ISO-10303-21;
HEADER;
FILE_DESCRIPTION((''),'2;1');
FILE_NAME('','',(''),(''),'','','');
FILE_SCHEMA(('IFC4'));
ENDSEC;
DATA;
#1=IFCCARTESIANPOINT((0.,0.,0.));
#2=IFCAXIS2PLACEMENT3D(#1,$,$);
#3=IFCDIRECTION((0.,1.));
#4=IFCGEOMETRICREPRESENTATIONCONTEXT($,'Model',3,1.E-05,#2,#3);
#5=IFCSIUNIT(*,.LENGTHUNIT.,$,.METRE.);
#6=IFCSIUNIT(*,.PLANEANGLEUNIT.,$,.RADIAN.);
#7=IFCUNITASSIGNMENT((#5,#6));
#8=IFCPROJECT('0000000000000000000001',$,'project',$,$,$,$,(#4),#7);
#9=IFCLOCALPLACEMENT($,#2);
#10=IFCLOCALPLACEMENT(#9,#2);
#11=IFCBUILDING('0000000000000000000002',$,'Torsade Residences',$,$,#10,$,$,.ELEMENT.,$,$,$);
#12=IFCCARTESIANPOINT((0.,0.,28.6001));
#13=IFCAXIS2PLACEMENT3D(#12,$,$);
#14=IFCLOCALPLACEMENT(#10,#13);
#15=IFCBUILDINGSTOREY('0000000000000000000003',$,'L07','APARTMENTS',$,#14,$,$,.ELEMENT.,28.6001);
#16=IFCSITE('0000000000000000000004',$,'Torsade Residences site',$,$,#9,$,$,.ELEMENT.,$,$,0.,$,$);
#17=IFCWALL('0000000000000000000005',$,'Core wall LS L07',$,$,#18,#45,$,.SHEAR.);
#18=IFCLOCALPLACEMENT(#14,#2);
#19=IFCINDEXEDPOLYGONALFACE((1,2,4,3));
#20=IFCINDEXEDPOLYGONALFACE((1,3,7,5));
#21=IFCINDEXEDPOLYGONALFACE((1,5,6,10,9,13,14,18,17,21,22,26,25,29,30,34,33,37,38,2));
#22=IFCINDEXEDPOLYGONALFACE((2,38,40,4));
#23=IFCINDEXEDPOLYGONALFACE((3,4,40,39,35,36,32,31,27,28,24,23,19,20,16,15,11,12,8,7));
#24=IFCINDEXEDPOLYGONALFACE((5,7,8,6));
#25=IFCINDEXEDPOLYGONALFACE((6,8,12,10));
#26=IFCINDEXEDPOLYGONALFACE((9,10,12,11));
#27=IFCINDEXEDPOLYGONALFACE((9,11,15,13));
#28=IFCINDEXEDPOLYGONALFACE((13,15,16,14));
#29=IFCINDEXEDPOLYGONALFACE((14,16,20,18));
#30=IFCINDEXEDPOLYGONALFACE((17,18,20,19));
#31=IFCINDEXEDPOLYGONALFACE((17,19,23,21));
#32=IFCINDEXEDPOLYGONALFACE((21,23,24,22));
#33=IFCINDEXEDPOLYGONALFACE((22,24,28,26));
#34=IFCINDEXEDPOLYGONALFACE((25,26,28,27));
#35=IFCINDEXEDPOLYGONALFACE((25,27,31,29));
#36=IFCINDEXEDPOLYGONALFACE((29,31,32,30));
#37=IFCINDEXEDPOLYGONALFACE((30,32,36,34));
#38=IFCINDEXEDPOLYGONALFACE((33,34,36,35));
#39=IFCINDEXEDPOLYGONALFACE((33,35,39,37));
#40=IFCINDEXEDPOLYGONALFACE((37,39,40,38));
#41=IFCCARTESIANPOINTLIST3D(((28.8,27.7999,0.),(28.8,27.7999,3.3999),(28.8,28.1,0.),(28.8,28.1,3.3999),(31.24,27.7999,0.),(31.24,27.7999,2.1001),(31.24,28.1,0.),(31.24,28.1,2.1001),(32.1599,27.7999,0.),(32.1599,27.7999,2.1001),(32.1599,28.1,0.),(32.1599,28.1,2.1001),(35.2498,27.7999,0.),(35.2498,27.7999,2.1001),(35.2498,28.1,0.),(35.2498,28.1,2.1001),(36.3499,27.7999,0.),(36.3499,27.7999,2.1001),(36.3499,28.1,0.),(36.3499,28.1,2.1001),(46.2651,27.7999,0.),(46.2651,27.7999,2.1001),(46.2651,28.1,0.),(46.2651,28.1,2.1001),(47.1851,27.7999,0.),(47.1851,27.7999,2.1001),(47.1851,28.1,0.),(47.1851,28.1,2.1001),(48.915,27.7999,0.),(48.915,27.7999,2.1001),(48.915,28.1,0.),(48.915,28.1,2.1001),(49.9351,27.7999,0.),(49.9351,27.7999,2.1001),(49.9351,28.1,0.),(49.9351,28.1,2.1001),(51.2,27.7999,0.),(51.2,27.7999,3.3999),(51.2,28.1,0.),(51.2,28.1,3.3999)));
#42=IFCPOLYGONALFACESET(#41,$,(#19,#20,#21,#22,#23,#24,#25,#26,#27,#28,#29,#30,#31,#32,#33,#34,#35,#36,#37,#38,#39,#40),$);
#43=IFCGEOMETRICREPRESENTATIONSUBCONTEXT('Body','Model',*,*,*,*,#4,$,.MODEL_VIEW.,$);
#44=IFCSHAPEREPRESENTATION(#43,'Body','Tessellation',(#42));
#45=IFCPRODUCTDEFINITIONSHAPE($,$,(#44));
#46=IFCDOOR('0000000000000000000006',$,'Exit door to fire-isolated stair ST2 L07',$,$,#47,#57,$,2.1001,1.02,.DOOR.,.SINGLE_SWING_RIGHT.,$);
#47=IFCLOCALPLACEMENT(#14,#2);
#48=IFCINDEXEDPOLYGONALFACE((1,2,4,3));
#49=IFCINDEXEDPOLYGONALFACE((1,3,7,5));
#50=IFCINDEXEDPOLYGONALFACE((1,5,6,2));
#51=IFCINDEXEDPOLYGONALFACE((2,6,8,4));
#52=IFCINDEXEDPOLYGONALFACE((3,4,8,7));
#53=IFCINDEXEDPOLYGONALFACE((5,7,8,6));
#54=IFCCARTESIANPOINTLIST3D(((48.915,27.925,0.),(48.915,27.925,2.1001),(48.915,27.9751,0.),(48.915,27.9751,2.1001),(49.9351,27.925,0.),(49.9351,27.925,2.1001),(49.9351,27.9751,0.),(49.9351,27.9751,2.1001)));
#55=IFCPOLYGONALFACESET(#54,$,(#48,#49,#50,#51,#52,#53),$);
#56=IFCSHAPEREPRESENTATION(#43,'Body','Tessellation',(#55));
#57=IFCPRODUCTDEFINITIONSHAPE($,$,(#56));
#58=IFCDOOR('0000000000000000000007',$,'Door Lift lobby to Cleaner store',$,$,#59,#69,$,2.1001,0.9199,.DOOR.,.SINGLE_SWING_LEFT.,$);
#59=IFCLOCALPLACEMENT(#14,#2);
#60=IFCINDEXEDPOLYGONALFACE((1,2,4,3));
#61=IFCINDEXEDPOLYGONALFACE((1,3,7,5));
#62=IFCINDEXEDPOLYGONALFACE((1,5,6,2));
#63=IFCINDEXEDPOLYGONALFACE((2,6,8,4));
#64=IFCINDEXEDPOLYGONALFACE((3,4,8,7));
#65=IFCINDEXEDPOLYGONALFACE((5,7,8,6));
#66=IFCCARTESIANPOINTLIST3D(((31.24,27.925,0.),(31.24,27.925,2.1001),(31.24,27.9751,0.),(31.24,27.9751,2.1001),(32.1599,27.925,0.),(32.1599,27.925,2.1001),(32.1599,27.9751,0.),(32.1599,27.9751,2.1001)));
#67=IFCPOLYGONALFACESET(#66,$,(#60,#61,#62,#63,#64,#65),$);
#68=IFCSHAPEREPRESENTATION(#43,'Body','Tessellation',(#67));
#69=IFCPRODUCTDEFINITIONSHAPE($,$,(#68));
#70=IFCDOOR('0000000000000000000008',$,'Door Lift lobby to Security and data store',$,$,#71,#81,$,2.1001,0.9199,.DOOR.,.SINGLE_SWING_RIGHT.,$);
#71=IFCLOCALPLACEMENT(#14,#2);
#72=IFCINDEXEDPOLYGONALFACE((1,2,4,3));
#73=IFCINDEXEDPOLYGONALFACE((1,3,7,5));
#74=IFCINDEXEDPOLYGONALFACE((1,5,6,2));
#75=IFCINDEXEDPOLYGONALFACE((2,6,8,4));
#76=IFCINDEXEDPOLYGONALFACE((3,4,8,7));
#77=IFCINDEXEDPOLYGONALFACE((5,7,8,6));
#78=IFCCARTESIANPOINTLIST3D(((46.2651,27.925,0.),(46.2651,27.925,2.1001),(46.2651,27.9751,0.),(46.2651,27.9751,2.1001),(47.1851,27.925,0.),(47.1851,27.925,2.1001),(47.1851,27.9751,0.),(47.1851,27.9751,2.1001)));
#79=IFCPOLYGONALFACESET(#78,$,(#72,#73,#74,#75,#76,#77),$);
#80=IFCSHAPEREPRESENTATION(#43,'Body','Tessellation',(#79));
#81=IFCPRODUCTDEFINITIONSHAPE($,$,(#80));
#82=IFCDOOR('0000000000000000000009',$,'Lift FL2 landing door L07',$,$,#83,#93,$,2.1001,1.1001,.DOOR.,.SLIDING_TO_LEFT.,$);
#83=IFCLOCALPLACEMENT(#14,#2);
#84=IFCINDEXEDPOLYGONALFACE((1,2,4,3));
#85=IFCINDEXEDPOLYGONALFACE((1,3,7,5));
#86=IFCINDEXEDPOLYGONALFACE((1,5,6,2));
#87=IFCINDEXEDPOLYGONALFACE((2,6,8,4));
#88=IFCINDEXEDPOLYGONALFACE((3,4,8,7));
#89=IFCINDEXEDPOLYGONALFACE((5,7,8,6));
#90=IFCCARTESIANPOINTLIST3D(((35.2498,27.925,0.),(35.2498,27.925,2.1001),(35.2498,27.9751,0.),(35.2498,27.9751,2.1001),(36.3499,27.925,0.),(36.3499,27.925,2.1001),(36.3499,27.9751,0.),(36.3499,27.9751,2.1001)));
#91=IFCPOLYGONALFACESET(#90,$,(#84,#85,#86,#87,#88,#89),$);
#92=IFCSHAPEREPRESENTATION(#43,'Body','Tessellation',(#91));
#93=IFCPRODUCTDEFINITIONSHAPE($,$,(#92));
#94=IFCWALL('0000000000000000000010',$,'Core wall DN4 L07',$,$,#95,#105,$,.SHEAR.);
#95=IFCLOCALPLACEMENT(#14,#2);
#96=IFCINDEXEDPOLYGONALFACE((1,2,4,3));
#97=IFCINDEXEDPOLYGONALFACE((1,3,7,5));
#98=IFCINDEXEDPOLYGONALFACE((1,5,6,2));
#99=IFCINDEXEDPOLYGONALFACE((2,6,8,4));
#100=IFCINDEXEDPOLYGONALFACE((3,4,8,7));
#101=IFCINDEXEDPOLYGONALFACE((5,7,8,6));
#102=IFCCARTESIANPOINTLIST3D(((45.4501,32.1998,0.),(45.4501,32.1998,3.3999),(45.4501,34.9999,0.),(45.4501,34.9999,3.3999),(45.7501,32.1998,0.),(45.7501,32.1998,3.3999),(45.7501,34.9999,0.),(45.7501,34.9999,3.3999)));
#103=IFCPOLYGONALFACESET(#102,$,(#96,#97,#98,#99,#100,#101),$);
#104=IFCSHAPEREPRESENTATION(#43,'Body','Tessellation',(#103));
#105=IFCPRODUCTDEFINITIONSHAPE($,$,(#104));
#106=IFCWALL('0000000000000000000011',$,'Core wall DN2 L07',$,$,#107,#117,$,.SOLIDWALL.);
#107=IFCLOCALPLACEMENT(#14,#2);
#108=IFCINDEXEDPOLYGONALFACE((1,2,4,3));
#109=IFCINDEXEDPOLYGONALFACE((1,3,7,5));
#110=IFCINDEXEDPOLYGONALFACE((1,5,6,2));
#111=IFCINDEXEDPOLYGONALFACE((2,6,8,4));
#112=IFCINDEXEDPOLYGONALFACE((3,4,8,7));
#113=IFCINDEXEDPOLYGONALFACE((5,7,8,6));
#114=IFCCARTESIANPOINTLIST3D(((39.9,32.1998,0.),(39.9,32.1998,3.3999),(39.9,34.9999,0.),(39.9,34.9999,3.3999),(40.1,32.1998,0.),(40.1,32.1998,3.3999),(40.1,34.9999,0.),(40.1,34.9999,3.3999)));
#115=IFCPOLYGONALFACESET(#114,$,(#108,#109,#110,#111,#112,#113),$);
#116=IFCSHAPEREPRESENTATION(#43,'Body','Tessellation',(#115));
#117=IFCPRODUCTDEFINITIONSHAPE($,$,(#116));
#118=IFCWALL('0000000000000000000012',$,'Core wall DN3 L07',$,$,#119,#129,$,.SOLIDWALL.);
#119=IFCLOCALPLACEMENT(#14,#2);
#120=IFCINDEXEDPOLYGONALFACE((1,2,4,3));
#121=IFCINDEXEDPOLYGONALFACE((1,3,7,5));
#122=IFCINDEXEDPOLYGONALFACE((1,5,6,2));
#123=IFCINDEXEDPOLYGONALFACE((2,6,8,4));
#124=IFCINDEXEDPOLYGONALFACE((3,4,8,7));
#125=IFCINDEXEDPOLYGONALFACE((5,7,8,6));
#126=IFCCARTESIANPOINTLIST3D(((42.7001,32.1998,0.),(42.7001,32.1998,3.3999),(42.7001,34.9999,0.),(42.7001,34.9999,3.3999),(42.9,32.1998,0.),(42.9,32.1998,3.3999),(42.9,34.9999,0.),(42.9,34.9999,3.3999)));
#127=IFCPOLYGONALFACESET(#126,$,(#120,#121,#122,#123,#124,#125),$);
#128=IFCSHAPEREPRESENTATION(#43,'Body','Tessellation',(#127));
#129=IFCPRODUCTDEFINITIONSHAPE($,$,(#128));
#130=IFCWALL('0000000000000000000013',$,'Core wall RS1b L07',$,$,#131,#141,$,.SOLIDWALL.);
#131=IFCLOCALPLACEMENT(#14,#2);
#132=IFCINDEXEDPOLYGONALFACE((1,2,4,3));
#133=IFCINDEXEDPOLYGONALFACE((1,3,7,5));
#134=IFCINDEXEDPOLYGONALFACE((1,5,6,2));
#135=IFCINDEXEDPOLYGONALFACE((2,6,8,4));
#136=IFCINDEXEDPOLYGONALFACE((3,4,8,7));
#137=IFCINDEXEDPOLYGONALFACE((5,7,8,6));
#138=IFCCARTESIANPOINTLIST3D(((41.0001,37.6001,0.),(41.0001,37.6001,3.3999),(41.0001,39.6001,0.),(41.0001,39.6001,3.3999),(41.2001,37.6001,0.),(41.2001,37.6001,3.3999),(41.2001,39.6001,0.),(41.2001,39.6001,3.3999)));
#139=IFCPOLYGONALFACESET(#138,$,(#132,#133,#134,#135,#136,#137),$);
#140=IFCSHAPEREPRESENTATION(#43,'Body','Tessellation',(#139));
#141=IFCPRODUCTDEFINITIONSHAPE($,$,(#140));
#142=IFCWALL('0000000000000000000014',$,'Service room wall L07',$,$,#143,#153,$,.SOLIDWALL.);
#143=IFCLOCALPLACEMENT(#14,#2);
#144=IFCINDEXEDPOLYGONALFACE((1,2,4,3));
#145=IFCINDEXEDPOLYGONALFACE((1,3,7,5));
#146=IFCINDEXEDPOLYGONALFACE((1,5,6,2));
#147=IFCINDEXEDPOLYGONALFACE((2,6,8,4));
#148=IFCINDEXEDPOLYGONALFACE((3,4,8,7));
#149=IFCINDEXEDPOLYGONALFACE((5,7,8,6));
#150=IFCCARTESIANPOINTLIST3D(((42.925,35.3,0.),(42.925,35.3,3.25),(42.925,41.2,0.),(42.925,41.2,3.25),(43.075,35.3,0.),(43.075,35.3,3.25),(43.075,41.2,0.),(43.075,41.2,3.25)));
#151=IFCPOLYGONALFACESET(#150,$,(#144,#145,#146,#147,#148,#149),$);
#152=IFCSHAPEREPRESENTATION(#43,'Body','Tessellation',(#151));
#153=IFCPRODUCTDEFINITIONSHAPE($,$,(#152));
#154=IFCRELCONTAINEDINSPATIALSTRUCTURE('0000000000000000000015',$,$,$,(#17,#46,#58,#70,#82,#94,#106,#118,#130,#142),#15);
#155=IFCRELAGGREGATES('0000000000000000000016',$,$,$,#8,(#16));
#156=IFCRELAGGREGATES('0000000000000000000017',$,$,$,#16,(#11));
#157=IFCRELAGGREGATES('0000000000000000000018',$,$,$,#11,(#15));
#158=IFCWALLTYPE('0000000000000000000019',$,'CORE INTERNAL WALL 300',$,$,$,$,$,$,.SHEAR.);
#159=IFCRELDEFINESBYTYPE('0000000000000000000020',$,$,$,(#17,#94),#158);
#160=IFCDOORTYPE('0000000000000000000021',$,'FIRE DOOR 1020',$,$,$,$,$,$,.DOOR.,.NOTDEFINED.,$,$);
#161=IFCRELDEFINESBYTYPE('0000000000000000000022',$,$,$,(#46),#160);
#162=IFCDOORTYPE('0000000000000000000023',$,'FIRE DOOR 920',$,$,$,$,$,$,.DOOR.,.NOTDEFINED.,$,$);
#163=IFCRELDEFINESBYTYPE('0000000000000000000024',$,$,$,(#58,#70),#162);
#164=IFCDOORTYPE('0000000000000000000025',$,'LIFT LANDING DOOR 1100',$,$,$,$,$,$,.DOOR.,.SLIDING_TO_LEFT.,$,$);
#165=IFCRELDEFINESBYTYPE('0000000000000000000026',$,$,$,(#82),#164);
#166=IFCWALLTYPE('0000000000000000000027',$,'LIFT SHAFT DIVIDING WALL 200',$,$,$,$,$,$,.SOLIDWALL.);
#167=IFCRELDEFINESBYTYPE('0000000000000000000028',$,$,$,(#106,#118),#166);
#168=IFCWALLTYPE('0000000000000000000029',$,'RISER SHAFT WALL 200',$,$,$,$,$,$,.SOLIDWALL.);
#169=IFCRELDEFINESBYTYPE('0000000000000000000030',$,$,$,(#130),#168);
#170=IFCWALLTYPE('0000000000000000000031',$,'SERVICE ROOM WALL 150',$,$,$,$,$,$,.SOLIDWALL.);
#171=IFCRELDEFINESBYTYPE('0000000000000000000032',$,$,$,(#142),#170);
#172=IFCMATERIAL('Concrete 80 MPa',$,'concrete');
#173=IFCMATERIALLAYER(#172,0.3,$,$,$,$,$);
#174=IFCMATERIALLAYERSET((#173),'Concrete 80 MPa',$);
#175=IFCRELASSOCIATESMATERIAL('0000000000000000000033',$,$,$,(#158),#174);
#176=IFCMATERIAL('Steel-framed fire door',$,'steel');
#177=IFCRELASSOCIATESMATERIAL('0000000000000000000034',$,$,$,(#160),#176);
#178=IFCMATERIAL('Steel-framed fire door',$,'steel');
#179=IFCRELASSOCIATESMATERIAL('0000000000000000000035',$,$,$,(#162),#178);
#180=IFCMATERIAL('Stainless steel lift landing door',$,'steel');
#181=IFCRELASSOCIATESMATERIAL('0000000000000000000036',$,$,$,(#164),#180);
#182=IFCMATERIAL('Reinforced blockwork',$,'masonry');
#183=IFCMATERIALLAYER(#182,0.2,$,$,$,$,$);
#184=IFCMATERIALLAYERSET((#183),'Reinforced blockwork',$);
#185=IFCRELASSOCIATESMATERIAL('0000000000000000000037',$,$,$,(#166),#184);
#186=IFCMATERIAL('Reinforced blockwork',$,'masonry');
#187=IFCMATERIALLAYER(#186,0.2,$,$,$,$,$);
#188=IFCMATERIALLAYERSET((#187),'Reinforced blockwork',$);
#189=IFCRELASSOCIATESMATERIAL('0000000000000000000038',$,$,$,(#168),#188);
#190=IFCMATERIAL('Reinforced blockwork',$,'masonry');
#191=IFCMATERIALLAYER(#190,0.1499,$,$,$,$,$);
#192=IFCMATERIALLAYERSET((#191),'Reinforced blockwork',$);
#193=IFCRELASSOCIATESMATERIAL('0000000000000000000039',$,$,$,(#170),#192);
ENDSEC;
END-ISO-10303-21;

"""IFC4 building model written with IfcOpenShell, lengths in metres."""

from ifc_helpers import new_model, si_unit, direction, frame, frame_2d, origin, place, context, subcontext, project, spatial, rectangle, extrude, material, layer, layer_set, type_object, element, fill, save


model = new_model("IFC4")

# Units and contexts
model_context = context("Model", 3, precision=1e-05, world=origin(), true_north=direction((0.0, 1.0)))
body_context = subcontext(model_context, "Body", "Model", "MODEL_VIEW")
ifc_project = project(units=[si_unit("LENGTHUNIT", "METRE"), si_unit("PLANEANGLEUNIT", "RADIAN")], contexts=[model_context])

# Site, building, storey
site_placement = place(None, origin())
site = spatial("IfcSite", under=ifc_project, at=site_placement, Name="Torsade Residences site", CompositionType="ELEMENT", RefElevation=0.0)
building_placement = place(site_placement, origin())
building = spatial("IfcBuilding", under=site, at=building_placement, Name="Torsade Residences", CompositionType="ELEMENT")
storey_placement = place(building_placement, frame((0.0, 0.0, 28.6001)))
storey = spatial("IfcBuildingStorey", under=building, at=storey_placement, Name="L07", Description="APARTMENTS", CompositionType="ELEMENT", Elevation=28.6001)

# Wall, openings, doors
ifc_material_1 = material(Name="Concrete 80 MPa", Category="concrete")
ifc_layer_1 = layer(ifc_material_1, 0.3)
ifc_layer_set_1 = layer_set([ifc_layer_1], Name="Concrete 80 MPa")
wall_type_1 = type_object("IfcWallType", Name="CORE INTERNAL WALL 300", PredefinedType="SHEAR", material=ifc_layer_set_1)
wall_1_placement = place(storey_placement, frame((51.2, 27.95, 0.0), z_axis=(0.0, 0.0, 1.0), x_axis=(-1.0, 0.0, 0.0)))
wall_1 = element("IfcWall", 1, at=wall_1_placement, inside=storey, type_object=wall_type_1, Name="Core wall LS L07", PredefinedType="SHEAR", context=body_context, shape_type="SweptSolid", body=[
    extrude(rectangle(XDim=22.3999, YDim=0.3, at=frame_2d((11.2, 0.0))), origin(), (0.0, 0.0, 1.0), 3.3999),
])
opening_1_placement = place(wall_1_placement, frame((19.04, 0.0, 0.0)))
opening_1 = element("IfcOpeningElement", 2, at=opening_1_placement, cuts=wall_1, PredefinedType="OPENING", context=body_context, shape_type="SweptSolid", body=[
    extrude(rectangle(XDim=0.9199, YDim=2.1001, at=frame_2d((0.46, 1.05))), frame((0.0, 0.1599, 0.0), z_axis=(0.0, -1.0, 0.0), x_axis=(1.0, 0.0, 0.0)), (0.0, 0.0, 1.0), 0.3201),
])
opening_2_placement = place(wall_1_placement, frame((1.2649, 0.0, 0.0)))
opening_2 = element("IfcOpeningElement", 3, at=opening_2_placement, cuts=wall_1, PredefinedType="OPENING", context=body_context, shape_type="SweptSolid", body=[
    extrude(rectangle(XDim=1.02, YDim=2.1001, at=frame_2d((0.51, 1.05))), frame((0.0, 0.1599, 0.0), z_axis=(0.0, -1.0, 0.0), x_axis=(1.0, 0.0, 0.0)), (0.0, 0.0, 1.0), 0.3201),
])
opening_3_placement = place(wall_1_placement, frame((4.0149, 0.0, 0.0)))
opening_3 = element("IfcOpeningElement", 4, at=opening_3_placement, cuts=wall_1, PredefinedType="OPENING", context=body_context, shape_type="SweptSolid", body=[
    extrude(rectangle(XDim=0.9199, YDim=2.1001, at=frame_2d((0.46, 1.05))), frame((0.0, 0.1599, 0.0), z_axis=(0.0, -1.0, 0.0), x_axis=(1.0, 0.0, 0.0)), (0.0, 0.0, 1.0), 0.3201),
])
opening_4_placement = place(wall_1_placement, frame((14.8501, 0.0, 0.0)))
opening_4 = element("IfcOpeningElement", 5, at=opening_4_placement, cuts=wall_1, PredefinedType="OPENING", context=body_context, shape_type="SweptSolid", body=[
    extrude(rectangle(XDim=1.1001, YDim=2.1001, at=frame_2d((0.55, 1.05))), frame((0.0, 0.1599, 0.0), z_axis=(0.0, -1.0, 0.0), x_axis=(1.0, 0.0, 0.0)), (0.0, 0.0, 1.0), 0.3201),
])
ifc_material_2 = material(Name="Steel-framed fire door", Category="steel")
door_type_1 = type_object("IfcDoorType", Name="FIRE DOOR 1020", OperationType="NOTDEFINED", PredefinedType="DOOR", material=ifc_material_2)
door_1_placement = place(opening_2_placement, origin())
door_1 = element("IfcDoor", 6, at=door_1_placement, inside=storey, type_object=door_type_1, Name="Exit door to fire-isolated stair ST2 L07", OperationType="SINGLE_SWING_RIGHT", OverallHeight=2.1001, OverallWidth=1.02, PredefinedType="DOOR", context=body_context, shape_type="SweptSolid", body=[
    extrude(rectangle(XDim=1.02, YDim=2.1001, at=frame_2d((0.51, 1.05))), frame((0.0, 0.0249, 0.0), z_axis=(0.0, -1.0, 0.0), x_axis=(1.0, 0.0, 0.0)), (0.0, 0.0, 1.0), 0.05),
])
fill(opening_2, door_1)
ifc_material_3 = material(Name="Steel-framed fire door", Category="steel")
door_type_2 = type_object("IfcDoorType", Name="FIRE DOOR 920", OperationType="NOTDEFINED", PredefinedType="DOOR", material=ifc_material_3)
door_2_placement = place(opening_1_placement, origin())
door_2 = element("IfcDoor", 7, at=door_2_placement, inside=storey, type_object=door_type_2, Name="Door Lift lobby to Cleaner store", OperationType="SINGLE_SWING_LEFT", OverallHeight=2.1001, OverallWidth=0.9199, PredefinedType="DOOR", context=body_context, shape_type="SweptSolid", body=[
    extrude(rectangle(XDim=0.9199, YDim=2.1001, at=frame_2d((0.46, 1.05))), frame((0.0, 0.0249, 0.0), z_axis=(0.0, -1.0, 0.0), x_axis=(1.0, 0.0, 0.0)), (0.0, 0.0, 1.0), 0.05),
])
fill(opening_1, door_2)
door_3_placement = place(opening_3_placement, origin())
door_3 = element("IfcDoor", 8, at=door_3_placement, inside=storey, type_object=door_type_2, Name="Door Lift lobby to Security and data store", OperationType="SINGLE_SWING_RIGHT", OverallHeight=2.1001, OverallWidth=0.9199, PredefinedType="DOOR", context=body_context, shape_type="SweptSolid", body=[
    extrude(rectangle(XDim=0.9199, YDim=2.1001, at=frame_2d((0.46, 1.05))), frame((0.0, 0.0249, 0.0), z_axis=(0.0, -1.0, 0.0), x_axis=(1.0, 0.0, 0.0)), (0.0, 0.0, 1.0), 0.05),
])
fill(opening_3, door_3)
ifc_material_4 = material(Name="Stainless steel lift landing door", Category="steel")
door_type_3 = type_object("IfcDoorType", Name="LIFT LANDING DOOR 1100", OperationType="SLIDING_TO_LEFT", PredefinedType="DOOR", material=ifc_material_4)
door_4_placement = place(opening_4_placement, origin())
door_4 = element("IfcDoor", 9, at=door_4_placement, inside=storey, type_object=door_type_3, Name="Lift FL2 landing door L07", OperationType="SLIDING_TO_LEFT", OverallHeight=2.1001, OverallWidth=1.1001, PredefinedType="DOOR", context=body_context, shape_type="SweptSolid", body=[
    extrude(rectangle(XDim=1.1001, YDim=2.1001, at=frame_2d((0.55, 1.05))), frame((0.0, 0.0249, 0.0), z_axis=(0.0, -1.0, 0.0), x_axis=(1.0, 0.0, 0.0)), (0.0, 0.0, 1.0), 0.05),
])
fill(opening_4, door_4)

# Walls
wall_2_placement = place(storey_placement, frame((45.6001, 32.2, 0.0), z_axis=(0.0, 0.0, 1.0), x_axis=(0.0, 1.0, 0.0)))
element("IfcWall", 10, at=wall_2_placement, inside=storey, type_object=wall_type_1, Name="Core wall DN4 L07", PredefinedType="SHEAR", context=body_context, shape_type="SweptSolid", body=[
    extrude(rectangle(XDim=2.8, YDim=0.3, at=frame_2d((1.3999, 0.0))), origin(), (0.0, 0.0, 1.0), 3.3999),
])
ifc_material_5 = material(Name="Reinforced blockwork", Category="masonry")
ifc_layer_2 = layer(ifc_material_5, 0.2)
ifc_layer_set_2 = layer_set([ifc_layer_2], Name="Reinforced blockwork")
wall_type_2 = type_object("IfcWallType", Name="LIFT SHAFT DIVIDING WALL 200", PredefinedType="SOLIDWALL", material=ifc_layer_set_2)
for number, where, z_axis, x_axis, name in (
    (11, (40.0, 32.2, 0.0), (0.0, 0.0, 1.0), (0.0, 1.0, 0.0), "Core wall DN2 L07"),
    (12, (42.8, 32.2, 0.0), (0.0, 0.0, 1.0), (0.0, 1.0, 0.0), "Core wall DN3 L07"),
):
    element("IfcWall", number, at=place(storey_placement, frame(where, z_axis=z_axis, x_axis=x_axis)), inside=storey, type_object=wall_type_2, Name=name, PredefinedType="SOLIDWALL", context=body_context, shape_type="SweptSolid", body=[
        extrude(rectangle(XDim=2.8, YDim=0.2, at=frame_2d((1.3999, 0.0))), origin(), (0.0, 0.0, 1.0), 3.3999),
    ])
ifc_material_6 = material(Name="Reinforced blockwork", Category="masonry")
ifc_layer_3 = layer(ifc_material_6, 0.2)
ifc_layer_set_3 = layer_set([ifc_layer_3], Name="Reinforced blockwork")
wall_type_3 = type_object("IfcWallType", Name="RISER SHAFT WALL 200", PredefinedType="SOLIDWALL", material=ifc_layer_set_3)
wall_3_placement = place(storey_placement, frame((41.1001, 37.6001, 0.0), z_axis=(0.0, 0.0, 1.0), x_axis=(0.0, 1.0, 0.0)))
element("IfcWall", 13, at=wall_3_placement, inside=storey, type_object=wall_type_3, Name="Core wall RS1b L07", PredefinedType="SOLIDWALL", context=body_context, shape_type="SweptSolid", body=[
    extrude(rectangle(XDim=2.0, YDim=0.2, at=frame_2d((1.0, 0.0))), origin(), (0.0, 0.0, 1.0), 3.3999),
])
ifc_material_7 = material(Name="Reinforced blockwork", Category="masonry")
ifc_layer_4 = layer(ifc_material_7, 0.1499)
ifc_layer_set_4 = layer_set([ifc_layer_4], Name="Reinforced blockwork")
wall_type_4 = type_object("IfcWallType", Name="SERVICE ROOM WALL 150", PredefinedType="SOLIDWALL", material=ifc_layer_set_4)
wall_4_placement = place(storey_placement, frame((43.0, 41.2, 0.0), z_axis=(0.0, 0.0, 1.0), x_axis=(0.0, -1.0, 0.0)))
element("IfcWall", 14, at=wall_4_placement, inside=storey, type_object=wall_type_4, Name="Service room wall L07", PredefinedType="SOLIDWALL", context=body_context, shape_type="SweptSolid", body=[
    extrude(rectangle(XDim=5.8999, YDim=0.1499, at=frame_2d((2.95, 0.0))), origin(), (0.0, 0.0, 1.0), 3.25),
])

save(model, "model.ifc")
